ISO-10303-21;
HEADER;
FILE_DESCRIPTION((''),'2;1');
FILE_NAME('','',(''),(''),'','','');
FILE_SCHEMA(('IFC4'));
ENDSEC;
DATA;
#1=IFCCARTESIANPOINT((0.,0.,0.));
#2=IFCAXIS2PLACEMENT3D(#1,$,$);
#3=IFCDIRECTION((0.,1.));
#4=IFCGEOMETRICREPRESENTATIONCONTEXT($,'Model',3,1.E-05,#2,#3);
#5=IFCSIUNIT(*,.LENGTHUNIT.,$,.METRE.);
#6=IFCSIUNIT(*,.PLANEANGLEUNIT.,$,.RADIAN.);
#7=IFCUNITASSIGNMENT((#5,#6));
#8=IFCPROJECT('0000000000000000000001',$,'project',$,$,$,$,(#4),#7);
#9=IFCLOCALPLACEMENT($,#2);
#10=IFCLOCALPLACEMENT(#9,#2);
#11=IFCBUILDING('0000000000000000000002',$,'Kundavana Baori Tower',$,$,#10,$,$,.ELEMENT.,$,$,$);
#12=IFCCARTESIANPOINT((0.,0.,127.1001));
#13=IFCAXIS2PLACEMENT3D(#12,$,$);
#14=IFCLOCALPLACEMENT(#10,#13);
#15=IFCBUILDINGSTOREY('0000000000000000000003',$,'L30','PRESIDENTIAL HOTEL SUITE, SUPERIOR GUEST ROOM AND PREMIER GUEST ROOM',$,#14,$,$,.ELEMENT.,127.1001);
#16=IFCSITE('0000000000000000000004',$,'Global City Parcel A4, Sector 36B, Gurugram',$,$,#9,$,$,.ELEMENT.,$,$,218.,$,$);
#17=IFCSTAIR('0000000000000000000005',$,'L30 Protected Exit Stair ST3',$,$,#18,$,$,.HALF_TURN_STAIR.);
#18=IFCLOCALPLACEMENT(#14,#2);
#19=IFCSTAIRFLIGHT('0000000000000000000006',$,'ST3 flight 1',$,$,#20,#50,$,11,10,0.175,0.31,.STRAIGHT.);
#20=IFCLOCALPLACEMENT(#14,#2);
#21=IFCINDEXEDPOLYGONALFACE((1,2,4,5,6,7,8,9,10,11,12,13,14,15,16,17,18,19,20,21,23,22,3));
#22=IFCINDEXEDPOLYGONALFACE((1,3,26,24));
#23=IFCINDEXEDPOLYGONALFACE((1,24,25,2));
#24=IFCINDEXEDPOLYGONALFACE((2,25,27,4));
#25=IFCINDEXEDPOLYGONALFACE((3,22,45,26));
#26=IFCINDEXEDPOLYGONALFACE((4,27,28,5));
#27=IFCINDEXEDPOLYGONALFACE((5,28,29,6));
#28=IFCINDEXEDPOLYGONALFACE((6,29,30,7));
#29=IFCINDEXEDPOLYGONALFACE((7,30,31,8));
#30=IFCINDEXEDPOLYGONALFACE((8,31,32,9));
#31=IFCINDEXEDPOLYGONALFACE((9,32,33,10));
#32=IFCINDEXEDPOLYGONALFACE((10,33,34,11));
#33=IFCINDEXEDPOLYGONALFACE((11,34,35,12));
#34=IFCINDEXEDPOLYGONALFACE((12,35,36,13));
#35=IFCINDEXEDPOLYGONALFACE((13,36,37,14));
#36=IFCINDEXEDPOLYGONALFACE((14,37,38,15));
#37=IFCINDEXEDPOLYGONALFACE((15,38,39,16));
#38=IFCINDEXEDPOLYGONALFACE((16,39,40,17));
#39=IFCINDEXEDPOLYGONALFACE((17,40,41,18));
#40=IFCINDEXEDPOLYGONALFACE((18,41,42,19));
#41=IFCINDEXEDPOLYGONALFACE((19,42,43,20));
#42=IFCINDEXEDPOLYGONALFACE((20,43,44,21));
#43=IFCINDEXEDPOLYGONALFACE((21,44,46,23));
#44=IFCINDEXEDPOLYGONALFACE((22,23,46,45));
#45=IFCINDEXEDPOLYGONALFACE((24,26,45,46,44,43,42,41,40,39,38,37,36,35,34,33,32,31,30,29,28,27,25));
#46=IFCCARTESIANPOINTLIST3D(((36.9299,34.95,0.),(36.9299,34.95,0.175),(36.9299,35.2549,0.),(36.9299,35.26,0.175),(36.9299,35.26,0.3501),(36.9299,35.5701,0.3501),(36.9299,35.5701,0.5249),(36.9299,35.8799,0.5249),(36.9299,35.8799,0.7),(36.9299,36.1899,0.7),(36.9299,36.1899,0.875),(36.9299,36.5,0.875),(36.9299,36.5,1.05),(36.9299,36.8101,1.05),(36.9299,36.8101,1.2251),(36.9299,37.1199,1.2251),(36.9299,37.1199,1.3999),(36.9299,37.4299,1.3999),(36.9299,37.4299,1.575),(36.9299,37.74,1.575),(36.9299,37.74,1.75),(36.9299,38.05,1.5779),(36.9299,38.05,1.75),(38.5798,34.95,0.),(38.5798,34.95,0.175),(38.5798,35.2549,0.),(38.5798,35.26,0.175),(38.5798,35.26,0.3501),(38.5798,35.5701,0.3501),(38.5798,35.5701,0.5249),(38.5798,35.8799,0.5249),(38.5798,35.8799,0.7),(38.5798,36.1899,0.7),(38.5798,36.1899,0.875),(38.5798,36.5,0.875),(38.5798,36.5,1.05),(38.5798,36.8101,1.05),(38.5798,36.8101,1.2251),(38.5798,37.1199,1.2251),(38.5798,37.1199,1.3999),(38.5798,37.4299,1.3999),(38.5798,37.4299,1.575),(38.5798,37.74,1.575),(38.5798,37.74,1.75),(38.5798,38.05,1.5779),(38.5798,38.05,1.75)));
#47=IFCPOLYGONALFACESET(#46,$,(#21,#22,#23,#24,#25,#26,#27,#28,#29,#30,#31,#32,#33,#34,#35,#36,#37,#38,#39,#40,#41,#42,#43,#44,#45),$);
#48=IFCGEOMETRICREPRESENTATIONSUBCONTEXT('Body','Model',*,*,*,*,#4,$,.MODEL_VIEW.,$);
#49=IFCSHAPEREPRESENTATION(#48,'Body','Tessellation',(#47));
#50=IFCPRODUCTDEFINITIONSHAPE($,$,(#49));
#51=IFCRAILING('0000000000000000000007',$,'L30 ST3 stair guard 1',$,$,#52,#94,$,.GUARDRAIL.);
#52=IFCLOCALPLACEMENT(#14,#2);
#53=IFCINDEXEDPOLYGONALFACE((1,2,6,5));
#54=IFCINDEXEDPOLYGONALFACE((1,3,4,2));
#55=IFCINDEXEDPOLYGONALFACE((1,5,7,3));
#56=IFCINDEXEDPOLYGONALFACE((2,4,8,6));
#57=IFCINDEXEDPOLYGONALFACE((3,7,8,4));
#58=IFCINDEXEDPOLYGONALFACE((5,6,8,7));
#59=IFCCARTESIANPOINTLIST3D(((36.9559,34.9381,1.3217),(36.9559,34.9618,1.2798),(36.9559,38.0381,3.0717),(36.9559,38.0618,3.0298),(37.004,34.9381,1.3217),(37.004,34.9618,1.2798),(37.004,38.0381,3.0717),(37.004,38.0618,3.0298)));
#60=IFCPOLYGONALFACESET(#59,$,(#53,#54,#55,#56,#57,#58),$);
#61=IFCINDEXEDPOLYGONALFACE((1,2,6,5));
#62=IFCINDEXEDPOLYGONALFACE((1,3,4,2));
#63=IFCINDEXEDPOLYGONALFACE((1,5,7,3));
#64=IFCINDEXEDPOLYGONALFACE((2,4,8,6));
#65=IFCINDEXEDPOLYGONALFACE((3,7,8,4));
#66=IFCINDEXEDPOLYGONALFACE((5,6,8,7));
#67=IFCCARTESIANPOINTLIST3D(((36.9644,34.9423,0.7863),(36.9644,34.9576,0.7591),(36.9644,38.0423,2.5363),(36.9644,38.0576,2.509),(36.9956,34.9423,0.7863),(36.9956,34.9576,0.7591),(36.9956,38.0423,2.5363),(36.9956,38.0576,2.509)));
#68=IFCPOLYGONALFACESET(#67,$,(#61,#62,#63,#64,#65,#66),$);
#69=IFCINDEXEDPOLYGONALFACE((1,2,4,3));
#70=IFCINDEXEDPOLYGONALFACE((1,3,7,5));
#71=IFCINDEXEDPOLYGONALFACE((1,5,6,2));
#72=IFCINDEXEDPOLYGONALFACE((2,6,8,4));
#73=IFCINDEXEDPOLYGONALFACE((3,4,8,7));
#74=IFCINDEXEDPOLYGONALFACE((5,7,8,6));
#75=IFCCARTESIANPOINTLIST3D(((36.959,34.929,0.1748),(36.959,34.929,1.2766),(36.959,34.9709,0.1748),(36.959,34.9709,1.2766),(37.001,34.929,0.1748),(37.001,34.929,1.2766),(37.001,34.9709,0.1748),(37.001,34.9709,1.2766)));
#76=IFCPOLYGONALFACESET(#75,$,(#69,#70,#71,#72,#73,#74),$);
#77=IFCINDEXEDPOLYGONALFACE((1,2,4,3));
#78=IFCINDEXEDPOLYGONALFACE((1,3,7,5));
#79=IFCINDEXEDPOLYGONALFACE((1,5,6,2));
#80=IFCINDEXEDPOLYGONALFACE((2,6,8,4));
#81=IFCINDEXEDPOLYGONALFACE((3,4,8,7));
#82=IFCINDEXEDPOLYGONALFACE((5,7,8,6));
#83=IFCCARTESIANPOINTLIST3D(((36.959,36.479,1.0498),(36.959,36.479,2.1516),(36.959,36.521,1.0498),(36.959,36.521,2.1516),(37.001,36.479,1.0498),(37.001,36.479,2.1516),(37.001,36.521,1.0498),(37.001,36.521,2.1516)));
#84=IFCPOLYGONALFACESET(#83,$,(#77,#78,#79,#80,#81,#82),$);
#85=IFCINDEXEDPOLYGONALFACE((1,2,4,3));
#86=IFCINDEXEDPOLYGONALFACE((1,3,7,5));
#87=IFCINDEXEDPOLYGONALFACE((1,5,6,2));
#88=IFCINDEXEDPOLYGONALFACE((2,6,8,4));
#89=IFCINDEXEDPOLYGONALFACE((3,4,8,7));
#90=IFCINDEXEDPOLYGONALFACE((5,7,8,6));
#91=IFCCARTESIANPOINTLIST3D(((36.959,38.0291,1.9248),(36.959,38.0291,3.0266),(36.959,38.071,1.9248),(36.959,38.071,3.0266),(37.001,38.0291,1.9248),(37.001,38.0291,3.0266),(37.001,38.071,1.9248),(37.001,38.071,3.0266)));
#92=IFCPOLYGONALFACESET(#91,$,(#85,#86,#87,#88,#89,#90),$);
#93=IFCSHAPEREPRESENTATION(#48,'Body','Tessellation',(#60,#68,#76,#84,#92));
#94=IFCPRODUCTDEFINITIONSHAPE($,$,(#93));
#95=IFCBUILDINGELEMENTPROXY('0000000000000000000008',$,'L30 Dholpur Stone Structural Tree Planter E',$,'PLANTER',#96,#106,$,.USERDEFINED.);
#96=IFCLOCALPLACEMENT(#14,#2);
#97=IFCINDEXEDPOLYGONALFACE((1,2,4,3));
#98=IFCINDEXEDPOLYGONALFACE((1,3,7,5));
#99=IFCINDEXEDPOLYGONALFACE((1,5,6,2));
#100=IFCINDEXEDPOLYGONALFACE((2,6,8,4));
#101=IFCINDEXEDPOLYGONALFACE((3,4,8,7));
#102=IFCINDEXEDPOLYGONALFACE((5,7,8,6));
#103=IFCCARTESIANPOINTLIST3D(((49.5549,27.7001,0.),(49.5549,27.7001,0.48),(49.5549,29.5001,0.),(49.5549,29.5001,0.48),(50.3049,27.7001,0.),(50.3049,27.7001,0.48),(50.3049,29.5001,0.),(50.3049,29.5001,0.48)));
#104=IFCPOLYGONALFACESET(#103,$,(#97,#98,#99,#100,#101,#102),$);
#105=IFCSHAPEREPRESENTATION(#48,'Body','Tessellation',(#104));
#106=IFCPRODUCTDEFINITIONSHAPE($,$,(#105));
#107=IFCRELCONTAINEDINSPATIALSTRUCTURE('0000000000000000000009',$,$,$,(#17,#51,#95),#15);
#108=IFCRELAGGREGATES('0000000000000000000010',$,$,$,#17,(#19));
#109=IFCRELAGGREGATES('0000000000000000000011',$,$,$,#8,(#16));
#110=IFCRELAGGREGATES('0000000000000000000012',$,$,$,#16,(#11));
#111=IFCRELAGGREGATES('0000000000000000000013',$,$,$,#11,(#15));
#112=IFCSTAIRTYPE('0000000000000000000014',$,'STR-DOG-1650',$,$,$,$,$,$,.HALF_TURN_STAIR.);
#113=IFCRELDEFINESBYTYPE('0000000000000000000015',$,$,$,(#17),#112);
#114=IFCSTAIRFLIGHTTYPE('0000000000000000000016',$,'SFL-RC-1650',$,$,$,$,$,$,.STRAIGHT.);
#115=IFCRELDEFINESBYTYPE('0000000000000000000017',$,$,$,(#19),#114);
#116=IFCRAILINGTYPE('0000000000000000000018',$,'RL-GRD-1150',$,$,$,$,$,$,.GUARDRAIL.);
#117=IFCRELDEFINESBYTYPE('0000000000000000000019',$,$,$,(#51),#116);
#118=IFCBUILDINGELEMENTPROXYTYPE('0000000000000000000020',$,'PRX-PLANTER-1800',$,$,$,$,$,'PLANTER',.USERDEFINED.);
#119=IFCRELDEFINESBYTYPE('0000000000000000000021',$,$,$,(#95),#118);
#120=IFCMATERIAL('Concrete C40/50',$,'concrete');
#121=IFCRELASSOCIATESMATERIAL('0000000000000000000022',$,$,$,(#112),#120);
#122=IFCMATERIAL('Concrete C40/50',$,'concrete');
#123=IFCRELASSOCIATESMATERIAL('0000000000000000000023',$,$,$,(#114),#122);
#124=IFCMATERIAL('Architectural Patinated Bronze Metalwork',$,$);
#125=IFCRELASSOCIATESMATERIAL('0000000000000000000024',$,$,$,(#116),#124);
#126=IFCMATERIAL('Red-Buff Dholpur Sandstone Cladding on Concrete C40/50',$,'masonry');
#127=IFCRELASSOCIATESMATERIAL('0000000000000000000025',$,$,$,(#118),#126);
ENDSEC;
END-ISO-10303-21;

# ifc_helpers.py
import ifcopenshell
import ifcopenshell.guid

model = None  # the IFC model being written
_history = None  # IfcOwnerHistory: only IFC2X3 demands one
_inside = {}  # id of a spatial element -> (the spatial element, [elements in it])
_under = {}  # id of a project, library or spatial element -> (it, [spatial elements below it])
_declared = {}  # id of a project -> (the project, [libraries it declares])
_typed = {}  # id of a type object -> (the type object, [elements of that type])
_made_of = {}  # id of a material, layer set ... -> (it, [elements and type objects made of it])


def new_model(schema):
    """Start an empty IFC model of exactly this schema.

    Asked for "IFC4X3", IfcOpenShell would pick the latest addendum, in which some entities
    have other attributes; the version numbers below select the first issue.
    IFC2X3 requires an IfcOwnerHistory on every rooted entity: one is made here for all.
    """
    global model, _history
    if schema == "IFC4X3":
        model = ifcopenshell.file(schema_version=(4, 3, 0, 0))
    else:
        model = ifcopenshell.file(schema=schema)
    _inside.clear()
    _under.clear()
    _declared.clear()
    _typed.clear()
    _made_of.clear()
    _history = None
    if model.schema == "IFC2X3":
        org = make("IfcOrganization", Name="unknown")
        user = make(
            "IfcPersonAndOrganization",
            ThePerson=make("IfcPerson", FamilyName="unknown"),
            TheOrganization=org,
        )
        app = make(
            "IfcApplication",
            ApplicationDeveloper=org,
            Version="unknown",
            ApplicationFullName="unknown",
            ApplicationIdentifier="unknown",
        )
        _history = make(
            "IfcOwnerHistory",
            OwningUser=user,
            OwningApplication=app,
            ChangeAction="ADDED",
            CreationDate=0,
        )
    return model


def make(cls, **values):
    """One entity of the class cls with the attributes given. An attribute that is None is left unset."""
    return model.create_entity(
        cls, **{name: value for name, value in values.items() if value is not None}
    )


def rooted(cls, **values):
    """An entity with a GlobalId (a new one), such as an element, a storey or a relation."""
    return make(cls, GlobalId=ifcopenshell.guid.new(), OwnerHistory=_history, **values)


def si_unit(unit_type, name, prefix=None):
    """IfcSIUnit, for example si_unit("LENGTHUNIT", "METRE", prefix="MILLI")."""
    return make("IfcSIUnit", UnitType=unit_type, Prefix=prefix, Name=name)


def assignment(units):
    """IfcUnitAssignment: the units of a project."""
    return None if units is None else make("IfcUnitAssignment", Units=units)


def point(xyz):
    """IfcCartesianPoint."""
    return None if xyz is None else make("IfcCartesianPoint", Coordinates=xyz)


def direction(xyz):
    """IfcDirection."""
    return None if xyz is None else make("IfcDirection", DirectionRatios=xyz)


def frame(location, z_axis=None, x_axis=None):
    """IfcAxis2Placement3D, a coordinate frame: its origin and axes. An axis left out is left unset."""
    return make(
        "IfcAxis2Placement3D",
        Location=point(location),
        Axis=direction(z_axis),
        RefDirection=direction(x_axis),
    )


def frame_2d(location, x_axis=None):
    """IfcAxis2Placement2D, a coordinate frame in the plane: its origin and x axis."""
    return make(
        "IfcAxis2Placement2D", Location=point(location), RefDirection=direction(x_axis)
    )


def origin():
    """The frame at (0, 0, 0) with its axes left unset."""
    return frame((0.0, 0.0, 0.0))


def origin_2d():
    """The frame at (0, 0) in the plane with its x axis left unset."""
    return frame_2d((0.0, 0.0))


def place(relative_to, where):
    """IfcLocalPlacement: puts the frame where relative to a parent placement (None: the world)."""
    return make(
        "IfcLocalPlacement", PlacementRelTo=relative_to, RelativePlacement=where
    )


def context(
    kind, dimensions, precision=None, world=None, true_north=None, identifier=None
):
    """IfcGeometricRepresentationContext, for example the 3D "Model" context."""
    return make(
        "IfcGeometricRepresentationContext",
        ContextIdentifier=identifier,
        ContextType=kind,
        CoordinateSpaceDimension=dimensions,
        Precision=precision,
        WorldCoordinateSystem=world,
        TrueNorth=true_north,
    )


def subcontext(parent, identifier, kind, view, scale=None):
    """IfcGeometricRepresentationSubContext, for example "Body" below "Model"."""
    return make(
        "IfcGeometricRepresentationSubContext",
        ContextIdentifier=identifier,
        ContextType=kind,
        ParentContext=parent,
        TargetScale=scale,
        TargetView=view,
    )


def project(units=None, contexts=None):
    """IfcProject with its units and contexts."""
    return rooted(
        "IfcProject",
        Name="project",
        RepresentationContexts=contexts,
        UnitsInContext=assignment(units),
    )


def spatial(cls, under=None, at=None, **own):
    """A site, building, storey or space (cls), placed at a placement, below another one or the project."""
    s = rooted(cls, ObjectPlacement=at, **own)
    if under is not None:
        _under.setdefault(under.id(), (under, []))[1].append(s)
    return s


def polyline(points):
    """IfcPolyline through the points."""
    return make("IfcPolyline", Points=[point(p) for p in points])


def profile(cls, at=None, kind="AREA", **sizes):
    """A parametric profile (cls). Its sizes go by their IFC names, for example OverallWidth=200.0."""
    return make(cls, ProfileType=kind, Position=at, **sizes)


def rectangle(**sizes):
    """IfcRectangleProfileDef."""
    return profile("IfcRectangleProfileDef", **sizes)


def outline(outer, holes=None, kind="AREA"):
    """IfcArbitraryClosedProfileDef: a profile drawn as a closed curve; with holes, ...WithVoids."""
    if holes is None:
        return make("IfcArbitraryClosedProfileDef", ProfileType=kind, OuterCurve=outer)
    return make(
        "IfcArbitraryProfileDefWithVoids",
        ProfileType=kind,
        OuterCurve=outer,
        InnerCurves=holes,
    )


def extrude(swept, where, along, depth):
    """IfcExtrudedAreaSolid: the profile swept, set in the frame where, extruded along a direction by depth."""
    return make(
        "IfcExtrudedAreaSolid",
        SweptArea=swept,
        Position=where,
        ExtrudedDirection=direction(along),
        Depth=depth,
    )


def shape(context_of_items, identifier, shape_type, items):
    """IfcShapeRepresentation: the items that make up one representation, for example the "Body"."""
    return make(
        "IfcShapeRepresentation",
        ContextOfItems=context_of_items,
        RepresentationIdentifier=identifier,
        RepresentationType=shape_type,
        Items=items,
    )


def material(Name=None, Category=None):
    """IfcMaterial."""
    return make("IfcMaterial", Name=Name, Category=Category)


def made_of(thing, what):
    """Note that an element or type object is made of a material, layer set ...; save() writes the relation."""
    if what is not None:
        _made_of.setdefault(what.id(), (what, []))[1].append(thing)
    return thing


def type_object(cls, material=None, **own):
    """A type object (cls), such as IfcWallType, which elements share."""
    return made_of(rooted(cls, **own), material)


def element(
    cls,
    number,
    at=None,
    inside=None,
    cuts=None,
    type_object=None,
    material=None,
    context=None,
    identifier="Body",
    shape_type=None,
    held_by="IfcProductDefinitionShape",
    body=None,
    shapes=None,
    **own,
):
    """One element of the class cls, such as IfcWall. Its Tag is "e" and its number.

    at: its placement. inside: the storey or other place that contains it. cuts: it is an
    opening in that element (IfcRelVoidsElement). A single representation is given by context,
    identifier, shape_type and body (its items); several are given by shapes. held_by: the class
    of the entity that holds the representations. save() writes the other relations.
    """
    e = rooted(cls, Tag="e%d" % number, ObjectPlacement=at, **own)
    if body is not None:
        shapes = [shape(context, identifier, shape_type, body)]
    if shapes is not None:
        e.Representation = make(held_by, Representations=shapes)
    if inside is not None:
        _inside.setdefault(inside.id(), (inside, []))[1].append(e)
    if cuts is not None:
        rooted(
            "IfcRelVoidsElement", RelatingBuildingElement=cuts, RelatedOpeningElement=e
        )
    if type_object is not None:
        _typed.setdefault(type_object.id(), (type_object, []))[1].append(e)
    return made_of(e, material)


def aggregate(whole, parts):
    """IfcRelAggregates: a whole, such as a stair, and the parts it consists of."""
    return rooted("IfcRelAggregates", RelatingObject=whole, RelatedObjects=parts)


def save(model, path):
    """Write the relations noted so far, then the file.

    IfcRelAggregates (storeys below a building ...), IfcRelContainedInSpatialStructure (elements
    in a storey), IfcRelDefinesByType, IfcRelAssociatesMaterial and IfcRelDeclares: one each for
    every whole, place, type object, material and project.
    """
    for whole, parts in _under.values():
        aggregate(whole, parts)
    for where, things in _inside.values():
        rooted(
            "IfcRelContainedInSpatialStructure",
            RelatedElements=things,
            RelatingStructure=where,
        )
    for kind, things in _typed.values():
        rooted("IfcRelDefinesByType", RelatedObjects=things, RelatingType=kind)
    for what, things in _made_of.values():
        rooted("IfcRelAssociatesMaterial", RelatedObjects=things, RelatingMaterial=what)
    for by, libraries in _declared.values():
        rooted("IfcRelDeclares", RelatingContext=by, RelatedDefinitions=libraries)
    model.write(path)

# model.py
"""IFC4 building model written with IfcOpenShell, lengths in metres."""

from ifc_helpers import new_model, si_unit, direction, frame, origin, origin_2d, place, context, subcontext, project, spatial, polyline, rectangle, outline, extrude, material, type_object, element, aggregate, save


model = new_model("IFC4")

# Units and contexts
model_context = context("Model", 3, precision=1e-05, world=origin(), true_north=direction((0.0, 1.0)))
body_context = subcontext(model_context, "Body", "Model", "MODEL_VIEW")
ifc_project = project(units=[si_unit("LENGTHUNIT", "METRE"), si_unit("PLANEANGLEUNIT", "RADIAN")], contexts=[model_context])

# Site, building, storey
site_placement = place(None, origin())
site = spatial("IfcSite", under=ifc_project, at=site_placement, Name="Global City Parcel A4, Sector 36B, Gurugram", CompositionType="ELEMENT", RefElevation=218.0)
building_placement = place(site_placement, origin())
building = spatial("IfcBuilding", under=site, at=building_placement, Name="Kundavana Baori Tower", CompositionType="ELEMENT")
storey_placement = place(building_placement, frame((0.0, 0.0, 127.1001)))
storey = spatial("IfcBuildingStorey", under=building, at=storey_placement, Name="L30", Description="PRESIDENTIAL HOTEL SUITE, SUPERIOR GUEST ROOM AND PREMIER GUEST ROOM", CompositionType="ELEMENT", Elevation=127.1001)

# Stair, stair flight
ifc_material_1 = material(Name="Concrete C40/50", Category="concrete")
stair_type = type_object("IfcStairType", Name="STR-DOG-1650", PredefinedType="HALF_TURN_STAIR", material=ifc_material_1)
stair_placement = place(storey_placement, origin())
stair = element("IfcStair", 1, at=stair_placement, inside=storey, type_object=stair_type, Name="L30 Protected Exit Stair ST3", PredefinedType="HALF_TURN_STAIR")
ifc_material_2 = material(Name="Concrete C40/50", Category="concrete")
stair_flight_type = type_object("IfcStairFlightType", Name="SFL-RC-1650", PredefinedType="STRAIGHT", material=ifc_material_2)
stair_flight_placement = place(storey_placement, frame((37.7549, 34.95, 0.0), z_axis=(0.0, 0.0, 1.0), x_axis=(0.0, 1.0, 0.0)))
stair_flight = element("IfcStairFlight", 2, at=stair_flight_placement, type_object=stair_flight_type, Name="ST3 flight 1", NumberOfRisers=11, NumberOfTreads=10, PredefinedType="STRAIGHT", RiserHeight=0.175, TreadLength=0.31, context=body_context, shape_type="SweptSolid", body=[
    extrude(outline(polyline([(0.0, 0.0), (0.0, 0.175), (0.3101, 0.175), (0.3101, 0.3501), (0.6201, 0.3501), (0.6201, 0.5249), (0.9299, 0.5249), (0.9299, 0.7), (1.24, 0.7), (1.24, 0.875), (1.55, 0.875), (1.55, 1.05), (1.8601, 1.05), (1.8601, 1.2251), (2.1699, 1.2251), (2.1699, 1.3999), (2.48, 1.3999), (2.48, 1.575), (2.79, 1.575), (2.79, 1.75), (3.1001, 1.75), (3.1001, 1.925), (3.1001, 1.5779), (0.3049, 0.0), (0.0, 0.0)])), frame((0.0, 0.825, 0.0), z_axis=(0.0, -1.0, 0.0), x_axis=(1.0, 0.0, 0.0)), (0.0, 0.0, 1.0), 1.6499),
])
aggregate(stair, [stair_flight])

# Railing
ifc_material_3 = material(Name="Architectural Patinated Bronze Metalwork")
railing_type = type_object("IfcRailingType", Name="RL-GRD-1150", PredefinedType="GUARDRAIL", material=ifc_material_3)
railing_placement = place(storey_placement, frame((36.98, 34.95, 0.1748)))
element("IfcRailing", 3, at=railing_placement, inside=storey, type_object=railing_type, Name="L30 ST3 stair guard 1", PredefinedType="GUARDRAIL", context=body_context, shape_type="SweptSolid", body=[
    extrude(rectangle(XDim=0.0481, YDim=0.0481, at=origin_2d()), frame((0.0, 0.0, 1.126), z_axis=(0.0, 0.870831, 0.491583), x_axis=(-1.0, 0.0, 0.0)), (0.0, 0.0, 1.0), 3.5598),
    extrude(rectangle(XDim=0.0312, YDim=0.0312, at=origin_2d()), frame((0.0, 0.0, 0.5979), z_axis=(0.0, 0.870831, 0.491583), x_axis=(-1.0, 0.0, 0.0)), (0.0, 0.0, 1.0), 3.5598),
    extrude(rectangle(XDim=0.042, YDim=0.042, at=origin_2d()), origin(), (0.0, 0.0, 1.0), 1.1018),
    extrude(rectangle(XDim=0.042, YDim=0.042, at=origin_2d()), frame((0.0, 1.55, 0.875)), (0.0, 0.0, 1.0), 1.1018),
    extrude(rectangle(XDim=0.042, YDim=0.042, at=origin_2d()), frame((0.0, 3.1001, 1.75)), (0.0, 0.0, 1.0), 1.1018),
])

# Building element proxy
ifc_material_4 = material(Name="Red-Buff Dholpur Sandstone Cladding on Concrete C40/50", Category="masonry")
building_element_proxy_type = type_object("IfcBuildingElementProxyType", Name="PRX-PLANTER-1800", ElementType="PLANTER", PredefinedType="USERDEFINED", material=ifc_material_4)
proxy_placement = place(storey_placement, frame((49.9299, 28.6001, 0.0), z_axis=(0.0, 0.0, 1.0), x_axis=(0.0, 1.0, 0.0)))
element("IfcBuildingElementProxy", 4, at=proxy_placement, inside=storey, type_object=building_element_proxy_type, Name="L30 Dholpur Stone Structural Tree Planter E", ObjectType="PLANTER", PredefinedType="USERDEFINED", context=body_context, shape_type="SweptSolid", body=[
    extrude(rectangle(XDim=1.8, YDim=0.75, at=origin_2d()), origin(), (0.0, 0.0, 1.0), 0.48),
])

save(model, "model.ifc")
